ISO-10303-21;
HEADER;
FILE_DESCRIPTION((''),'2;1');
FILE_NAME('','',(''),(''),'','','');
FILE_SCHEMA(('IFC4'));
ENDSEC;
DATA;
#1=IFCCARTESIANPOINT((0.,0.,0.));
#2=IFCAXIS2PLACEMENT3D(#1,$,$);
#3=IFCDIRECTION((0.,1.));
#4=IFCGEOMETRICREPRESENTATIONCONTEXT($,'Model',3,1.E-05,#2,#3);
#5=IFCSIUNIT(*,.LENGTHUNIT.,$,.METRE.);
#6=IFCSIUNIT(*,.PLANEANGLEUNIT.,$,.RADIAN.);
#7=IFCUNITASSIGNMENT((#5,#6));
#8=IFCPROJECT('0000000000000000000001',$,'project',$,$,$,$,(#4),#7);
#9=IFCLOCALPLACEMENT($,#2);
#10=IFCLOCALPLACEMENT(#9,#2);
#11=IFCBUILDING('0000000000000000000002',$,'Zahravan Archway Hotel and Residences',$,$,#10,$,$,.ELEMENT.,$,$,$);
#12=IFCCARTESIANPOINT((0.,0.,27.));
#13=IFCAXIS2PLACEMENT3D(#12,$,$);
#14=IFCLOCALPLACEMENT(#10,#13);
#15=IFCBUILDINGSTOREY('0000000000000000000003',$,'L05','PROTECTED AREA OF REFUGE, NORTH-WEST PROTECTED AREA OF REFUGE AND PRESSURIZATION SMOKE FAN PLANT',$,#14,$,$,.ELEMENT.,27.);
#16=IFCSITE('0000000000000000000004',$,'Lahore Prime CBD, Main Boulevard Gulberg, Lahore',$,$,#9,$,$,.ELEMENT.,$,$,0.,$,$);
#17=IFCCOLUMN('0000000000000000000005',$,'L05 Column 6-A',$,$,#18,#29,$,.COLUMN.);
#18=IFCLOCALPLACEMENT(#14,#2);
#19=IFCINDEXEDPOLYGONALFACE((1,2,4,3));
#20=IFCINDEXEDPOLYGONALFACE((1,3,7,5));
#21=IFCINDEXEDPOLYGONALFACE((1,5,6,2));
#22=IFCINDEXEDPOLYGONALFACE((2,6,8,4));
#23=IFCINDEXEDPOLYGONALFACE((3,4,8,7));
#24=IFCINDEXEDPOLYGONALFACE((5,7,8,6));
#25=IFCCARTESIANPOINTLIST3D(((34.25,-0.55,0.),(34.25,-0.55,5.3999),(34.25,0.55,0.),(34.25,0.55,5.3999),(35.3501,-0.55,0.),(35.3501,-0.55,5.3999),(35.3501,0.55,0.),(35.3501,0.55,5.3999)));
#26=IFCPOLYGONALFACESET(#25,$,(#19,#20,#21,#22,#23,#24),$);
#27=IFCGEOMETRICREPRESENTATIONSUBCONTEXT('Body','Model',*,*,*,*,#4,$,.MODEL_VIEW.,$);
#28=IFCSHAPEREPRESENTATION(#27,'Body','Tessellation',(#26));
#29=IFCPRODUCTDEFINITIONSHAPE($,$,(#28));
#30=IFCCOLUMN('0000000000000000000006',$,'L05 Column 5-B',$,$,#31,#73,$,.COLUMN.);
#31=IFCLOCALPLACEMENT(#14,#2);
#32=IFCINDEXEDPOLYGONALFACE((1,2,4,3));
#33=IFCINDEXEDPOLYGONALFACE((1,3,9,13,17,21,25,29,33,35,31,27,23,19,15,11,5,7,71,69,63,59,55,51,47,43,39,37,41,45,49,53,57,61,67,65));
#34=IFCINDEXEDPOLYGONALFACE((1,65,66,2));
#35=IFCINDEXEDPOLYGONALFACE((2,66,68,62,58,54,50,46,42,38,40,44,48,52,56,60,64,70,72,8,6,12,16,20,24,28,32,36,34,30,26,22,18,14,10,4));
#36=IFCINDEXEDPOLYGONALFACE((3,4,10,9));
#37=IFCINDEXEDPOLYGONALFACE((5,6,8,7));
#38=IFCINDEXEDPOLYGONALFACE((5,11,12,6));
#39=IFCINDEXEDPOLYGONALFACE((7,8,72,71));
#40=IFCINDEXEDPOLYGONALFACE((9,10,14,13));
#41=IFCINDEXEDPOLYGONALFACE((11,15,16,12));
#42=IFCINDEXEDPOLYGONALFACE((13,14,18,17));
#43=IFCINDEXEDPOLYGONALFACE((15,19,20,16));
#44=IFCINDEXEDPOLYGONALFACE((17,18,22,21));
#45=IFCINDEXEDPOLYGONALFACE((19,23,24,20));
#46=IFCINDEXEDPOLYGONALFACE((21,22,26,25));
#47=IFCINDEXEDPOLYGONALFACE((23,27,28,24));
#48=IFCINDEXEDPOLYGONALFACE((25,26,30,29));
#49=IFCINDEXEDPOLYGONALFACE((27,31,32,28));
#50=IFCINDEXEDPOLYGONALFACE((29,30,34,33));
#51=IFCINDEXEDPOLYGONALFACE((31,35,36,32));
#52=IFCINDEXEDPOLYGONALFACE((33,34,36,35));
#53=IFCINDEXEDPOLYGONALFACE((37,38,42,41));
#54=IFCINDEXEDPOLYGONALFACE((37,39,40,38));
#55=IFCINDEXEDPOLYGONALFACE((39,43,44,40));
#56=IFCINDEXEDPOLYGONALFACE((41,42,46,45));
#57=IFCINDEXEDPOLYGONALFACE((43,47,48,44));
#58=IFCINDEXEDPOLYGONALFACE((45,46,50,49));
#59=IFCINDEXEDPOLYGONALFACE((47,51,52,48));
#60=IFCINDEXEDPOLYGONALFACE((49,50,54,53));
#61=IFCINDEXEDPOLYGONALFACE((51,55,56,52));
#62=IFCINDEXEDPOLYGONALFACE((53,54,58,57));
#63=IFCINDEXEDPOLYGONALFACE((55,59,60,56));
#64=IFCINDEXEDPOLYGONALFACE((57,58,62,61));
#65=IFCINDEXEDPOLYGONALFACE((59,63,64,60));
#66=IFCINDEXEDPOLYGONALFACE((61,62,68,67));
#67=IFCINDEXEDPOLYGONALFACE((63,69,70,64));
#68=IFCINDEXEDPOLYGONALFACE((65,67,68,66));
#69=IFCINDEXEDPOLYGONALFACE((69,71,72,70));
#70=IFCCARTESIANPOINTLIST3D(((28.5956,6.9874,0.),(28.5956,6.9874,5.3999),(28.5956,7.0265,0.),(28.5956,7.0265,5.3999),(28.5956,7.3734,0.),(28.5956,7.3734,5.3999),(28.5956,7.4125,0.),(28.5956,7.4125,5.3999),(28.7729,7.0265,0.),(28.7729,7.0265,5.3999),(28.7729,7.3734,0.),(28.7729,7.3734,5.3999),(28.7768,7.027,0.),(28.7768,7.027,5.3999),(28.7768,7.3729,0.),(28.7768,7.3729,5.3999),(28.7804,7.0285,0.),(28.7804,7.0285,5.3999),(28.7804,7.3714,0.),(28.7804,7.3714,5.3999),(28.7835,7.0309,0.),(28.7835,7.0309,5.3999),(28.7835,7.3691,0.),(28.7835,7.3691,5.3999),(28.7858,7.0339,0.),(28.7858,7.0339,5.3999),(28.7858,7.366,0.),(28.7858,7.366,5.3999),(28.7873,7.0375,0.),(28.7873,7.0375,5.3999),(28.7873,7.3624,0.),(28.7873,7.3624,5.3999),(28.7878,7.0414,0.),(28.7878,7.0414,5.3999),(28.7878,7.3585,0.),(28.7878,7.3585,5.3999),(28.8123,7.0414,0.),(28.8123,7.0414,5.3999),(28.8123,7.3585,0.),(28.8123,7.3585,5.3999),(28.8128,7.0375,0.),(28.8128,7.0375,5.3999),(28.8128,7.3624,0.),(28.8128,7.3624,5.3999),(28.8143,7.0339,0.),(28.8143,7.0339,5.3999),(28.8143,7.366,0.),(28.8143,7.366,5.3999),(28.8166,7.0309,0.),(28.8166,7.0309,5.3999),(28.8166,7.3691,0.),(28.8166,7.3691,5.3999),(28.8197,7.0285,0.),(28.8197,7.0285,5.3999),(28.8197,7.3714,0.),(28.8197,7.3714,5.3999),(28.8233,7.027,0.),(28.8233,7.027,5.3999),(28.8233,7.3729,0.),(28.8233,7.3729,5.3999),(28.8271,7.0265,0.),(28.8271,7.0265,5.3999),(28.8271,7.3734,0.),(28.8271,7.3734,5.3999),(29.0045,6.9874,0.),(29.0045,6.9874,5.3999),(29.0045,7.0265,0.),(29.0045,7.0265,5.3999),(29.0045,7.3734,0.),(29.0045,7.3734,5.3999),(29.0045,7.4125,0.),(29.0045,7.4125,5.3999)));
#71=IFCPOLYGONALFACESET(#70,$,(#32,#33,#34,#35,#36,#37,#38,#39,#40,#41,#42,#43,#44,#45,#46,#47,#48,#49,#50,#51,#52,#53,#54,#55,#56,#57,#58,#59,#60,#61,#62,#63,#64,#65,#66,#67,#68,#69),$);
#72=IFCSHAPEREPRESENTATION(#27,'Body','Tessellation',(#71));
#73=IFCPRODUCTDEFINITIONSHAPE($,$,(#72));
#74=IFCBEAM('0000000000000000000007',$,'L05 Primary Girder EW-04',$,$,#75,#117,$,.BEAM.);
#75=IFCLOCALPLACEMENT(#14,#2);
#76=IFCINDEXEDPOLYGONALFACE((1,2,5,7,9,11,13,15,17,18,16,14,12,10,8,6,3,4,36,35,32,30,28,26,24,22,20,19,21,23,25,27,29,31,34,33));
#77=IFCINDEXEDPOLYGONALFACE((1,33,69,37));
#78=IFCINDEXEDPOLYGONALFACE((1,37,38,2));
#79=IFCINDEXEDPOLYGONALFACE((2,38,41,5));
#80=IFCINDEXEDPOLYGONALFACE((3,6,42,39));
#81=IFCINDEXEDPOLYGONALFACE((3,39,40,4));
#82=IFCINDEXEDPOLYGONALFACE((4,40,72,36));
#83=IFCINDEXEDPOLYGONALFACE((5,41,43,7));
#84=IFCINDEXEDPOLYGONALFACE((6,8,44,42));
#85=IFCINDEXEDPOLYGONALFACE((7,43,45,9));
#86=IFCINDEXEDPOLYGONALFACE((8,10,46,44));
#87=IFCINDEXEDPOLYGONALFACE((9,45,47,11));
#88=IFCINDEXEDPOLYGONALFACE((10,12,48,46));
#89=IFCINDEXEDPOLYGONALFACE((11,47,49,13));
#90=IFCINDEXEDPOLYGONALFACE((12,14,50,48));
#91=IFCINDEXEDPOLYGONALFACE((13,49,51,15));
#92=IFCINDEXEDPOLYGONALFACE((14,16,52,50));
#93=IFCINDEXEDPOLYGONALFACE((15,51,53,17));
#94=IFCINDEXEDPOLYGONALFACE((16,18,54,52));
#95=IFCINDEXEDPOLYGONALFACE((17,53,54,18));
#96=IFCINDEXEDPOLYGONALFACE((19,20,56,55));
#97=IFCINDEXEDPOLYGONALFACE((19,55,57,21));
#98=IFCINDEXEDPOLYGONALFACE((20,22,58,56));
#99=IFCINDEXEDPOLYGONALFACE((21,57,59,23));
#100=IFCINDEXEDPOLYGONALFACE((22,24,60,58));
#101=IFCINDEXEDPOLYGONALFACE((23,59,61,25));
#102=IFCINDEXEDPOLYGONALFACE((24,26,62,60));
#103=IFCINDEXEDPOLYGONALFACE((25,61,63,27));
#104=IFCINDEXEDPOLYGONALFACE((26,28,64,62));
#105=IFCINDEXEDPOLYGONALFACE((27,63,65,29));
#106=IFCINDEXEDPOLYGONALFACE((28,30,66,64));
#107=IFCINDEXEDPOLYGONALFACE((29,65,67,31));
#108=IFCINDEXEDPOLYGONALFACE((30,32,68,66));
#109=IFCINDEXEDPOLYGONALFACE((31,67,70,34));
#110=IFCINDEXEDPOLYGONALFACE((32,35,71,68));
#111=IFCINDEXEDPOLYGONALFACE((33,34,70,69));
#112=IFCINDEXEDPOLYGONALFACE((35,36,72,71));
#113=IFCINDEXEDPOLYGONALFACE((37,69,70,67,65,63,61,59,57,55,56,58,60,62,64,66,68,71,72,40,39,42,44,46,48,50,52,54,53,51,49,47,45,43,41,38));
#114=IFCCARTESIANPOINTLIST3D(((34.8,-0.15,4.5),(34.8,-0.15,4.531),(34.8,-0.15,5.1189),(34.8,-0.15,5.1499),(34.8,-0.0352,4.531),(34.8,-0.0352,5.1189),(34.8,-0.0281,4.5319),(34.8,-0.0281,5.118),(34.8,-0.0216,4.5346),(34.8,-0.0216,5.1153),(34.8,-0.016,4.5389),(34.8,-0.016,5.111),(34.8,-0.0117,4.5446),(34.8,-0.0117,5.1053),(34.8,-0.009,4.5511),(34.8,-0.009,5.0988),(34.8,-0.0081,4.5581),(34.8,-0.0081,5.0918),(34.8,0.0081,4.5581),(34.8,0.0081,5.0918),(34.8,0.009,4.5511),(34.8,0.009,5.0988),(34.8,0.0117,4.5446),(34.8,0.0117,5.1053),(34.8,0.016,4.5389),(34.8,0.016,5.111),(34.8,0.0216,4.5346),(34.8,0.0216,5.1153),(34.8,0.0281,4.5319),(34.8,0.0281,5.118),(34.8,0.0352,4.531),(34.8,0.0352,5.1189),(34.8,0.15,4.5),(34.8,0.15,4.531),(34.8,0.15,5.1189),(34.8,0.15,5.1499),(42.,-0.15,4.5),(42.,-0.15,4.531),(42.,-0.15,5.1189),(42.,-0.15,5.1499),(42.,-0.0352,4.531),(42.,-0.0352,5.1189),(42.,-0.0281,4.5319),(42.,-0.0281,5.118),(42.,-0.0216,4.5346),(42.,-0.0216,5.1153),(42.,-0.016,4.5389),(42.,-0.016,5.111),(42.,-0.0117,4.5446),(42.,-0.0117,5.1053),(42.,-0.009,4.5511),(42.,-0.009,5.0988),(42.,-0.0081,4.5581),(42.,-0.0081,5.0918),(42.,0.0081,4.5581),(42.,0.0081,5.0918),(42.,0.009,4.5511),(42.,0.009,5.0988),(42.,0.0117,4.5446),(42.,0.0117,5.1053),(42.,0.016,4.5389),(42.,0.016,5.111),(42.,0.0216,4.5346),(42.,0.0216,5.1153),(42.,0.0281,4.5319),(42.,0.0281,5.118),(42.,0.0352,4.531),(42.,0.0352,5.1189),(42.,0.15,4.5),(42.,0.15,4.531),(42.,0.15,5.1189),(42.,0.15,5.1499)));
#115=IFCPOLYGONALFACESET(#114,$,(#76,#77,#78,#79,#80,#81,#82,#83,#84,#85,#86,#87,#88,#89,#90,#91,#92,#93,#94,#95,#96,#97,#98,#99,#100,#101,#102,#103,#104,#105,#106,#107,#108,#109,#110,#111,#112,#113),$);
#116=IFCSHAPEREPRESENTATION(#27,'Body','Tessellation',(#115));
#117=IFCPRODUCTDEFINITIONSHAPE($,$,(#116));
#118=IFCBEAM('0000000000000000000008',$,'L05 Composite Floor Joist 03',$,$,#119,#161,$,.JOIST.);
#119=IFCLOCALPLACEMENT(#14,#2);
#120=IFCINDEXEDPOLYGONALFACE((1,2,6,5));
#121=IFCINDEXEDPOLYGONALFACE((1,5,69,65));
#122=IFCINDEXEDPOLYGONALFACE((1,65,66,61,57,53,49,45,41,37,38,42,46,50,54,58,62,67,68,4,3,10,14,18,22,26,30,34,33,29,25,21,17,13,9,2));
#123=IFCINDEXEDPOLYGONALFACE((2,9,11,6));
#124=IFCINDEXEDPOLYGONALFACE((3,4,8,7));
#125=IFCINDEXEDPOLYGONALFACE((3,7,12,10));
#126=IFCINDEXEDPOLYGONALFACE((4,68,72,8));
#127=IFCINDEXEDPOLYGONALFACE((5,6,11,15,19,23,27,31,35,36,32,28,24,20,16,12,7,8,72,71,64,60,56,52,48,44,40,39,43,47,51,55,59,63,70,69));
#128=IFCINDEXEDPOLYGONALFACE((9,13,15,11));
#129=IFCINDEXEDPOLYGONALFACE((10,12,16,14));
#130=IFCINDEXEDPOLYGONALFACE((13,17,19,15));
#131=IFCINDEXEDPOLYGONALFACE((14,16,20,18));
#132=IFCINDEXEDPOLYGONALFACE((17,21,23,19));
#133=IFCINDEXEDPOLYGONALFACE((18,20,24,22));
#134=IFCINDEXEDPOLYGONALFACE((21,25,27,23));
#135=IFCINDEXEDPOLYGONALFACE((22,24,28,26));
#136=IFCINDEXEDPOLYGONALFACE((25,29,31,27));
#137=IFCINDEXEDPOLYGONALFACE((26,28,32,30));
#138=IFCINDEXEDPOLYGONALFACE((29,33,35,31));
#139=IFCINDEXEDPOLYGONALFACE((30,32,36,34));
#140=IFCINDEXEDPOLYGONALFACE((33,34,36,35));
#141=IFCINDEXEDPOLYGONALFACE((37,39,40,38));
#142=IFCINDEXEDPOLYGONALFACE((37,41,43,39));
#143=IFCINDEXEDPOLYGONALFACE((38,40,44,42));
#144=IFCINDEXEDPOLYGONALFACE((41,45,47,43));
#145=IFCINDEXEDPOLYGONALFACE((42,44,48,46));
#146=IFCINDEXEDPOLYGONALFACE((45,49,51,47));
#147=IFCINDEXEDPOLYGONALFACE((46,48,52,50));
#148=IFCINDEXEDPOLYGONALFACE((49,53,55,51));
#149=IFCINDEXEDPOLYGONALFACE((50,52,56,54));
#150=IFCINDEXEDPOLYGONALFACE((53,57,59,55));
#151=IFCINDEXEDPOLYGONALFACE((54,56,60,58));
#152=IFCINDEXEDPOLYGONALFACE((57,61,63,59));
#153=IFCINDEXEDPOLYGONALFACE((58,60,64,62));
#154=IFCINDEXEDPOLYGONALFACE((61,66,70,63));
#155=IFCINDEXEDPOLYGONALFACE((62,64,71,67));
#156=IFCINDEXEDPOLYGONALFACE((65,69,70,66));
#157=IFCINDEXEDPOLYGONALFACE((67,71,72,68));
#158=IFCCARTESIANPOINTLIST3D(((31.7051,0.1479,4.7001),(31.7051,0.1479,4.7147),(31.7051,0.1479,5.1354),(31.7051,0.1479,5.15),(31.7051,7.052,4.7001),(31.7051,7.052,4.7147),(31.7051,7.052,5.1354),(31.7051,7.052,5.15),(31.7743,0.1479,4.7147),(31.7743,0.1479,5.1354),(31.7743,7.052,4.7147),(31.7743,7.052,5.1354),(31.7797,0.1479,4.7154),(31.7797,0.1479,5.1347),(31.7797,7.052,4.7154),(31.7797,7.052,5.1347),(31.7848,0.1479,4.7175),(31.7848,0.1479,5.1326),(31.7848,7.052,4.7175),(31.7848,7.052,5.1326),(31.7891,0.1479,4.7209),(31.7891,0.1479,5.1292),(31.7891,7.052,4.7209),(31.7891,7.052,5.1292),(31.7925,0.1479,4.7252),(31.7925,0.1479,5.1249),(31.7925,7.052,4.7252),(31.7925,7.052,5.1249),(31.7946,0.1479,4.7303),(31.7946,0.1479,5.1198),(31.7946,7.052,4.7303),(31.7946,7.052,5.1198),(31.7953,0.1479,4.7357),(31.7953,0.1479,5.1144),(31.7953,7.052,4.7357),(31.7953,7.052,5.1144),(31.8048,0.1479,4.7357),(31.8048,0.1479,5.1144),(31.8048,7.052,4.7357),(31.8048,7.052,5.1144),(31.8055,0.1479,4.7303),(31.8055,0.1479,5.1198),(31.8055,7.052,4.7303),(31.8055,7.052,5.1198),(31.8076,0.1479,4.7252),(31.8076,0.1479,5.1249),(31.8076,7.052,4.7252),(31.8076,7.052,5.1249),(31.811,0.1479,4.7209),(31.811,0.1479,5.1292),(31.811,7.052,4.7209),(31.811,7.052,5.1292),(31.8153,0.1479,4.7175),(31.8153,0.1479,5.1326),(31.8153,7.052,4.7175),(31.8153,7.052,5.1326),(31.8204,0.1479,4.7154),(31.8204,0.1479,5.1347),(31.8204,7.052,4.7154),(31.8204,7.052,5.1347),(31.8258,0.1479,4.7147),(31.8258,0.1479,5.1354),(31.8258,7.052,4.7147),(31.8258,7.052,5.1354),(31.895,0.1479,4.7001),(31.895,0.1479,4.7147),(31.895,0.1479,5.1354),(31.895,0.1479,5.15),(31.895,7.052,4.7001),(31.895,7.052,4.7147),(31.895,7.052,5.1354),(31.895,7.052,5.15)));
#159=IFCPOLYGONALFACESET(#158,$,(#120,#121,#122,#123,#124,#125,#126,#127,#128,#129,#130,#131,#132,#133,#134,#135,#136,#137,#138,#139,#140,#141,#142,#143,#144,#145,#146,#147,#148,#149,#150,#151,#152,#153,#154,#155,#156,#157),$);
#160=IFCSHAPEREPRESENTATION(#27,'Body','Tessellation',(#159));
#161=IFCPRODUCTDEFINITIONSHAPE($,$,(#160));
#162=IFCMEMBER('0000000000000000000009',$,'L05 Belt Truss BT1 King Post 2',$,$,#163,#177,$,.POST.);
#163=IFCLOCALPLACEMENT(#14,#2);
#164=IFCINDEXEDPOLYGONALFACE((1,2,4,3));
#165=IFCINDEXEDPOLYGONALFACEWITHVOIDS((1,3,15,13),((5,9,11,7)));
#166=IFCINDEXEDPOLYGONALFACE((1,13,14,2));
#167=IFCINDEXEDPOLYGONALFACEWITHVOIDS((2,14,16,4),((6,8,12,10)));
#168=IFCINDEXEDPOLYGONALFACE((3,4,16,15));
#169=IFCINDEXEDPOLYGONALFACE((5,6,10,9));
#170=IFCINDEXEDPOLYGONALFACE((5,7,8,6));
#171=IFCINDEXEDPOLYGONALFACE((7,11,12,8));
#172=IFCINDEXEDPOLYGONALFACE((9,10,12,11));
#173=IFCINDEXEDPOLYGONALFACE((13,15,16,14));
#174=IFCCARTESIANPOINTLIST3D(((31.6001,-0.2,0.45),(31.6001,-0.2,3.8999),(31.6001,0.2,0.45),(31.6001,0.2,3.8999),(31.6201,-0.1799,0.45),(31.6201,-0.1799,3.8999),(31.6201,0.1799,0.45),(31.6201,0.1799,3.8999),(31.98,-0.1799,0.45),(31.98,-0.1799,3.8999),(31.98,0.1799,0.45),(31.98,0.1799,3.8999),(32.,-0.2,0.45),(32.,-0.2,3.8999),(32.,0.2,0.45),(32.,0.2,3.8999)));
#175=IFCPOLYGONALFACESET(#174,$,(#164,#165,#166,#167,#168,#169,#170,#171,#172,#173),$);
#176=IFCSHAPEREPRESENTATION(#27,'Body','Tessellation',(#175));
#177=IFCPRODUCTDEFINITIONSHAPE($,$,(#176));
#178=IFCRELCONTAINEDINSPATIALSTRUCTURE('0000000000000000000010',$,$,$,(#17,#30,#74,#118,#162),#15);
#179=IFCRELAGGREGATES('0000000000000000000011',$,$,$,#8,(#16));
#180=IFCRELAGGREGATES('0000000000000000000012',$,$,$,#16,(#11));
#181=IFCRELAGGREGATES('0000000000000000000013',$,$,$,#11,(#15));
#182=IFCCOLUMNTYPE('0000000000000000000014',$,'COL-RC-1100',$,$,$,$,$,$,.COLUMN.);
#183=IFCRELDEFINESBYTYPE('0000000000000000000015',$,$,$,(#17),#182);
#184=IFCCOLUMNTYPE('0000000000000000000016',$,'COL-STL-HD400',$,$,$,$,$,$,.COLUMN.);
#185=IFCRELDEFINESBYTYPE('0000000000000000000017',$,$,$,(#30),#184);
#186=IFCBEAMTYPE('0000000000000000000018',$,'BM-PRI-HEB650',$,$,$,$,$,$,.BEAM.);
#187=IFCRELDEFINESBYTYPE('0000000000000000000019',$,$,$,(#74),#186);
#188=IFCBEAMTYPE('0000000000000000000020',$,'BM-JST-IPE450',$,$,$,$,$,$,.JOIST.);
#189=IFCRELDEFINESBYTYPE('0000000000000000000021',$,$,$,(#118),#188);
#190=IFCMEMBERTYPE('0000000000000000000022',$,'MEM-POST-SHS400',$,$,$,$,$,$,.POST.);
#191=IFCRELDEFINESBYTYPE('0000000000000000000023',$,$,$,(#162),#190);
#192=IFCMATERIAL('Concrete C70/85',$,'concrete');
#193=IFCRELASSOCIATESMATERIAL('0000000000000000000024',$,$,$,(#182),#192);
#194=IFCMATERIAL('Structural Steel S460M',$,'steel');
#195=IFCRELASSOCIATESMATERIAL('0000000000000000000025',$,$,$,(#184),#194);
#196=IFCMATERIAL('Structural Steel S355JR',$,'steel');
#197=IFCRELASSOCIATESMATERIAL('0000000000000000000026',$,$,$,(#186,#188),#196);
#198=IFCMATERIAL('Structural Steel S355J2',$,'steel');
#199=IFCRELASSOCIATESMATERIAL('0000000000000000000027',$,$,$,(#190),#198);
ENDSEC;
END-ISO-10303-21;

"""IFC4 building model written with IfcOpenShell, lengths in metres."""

from ifc_helpers import new_model, si_unit, direction, frame, origin, origin_2d, place, context, subcontext, project, spatial, rectangle, hollow_rectangle, i_section, extrude, source, transform, mapped, material, material_profile, profile_set, type_object, type_shapes, element, save


model = new_model("IFC4")

# Units and contexts
model_context = context("Model", 3, precision=1e-05, world=origin(), true_north=direction((0.0, 1.0)))
body_context = subcontext(model_context, "Body", "Model", "MODEL_VIEW")
ifc_project = project(units=[si_unit("LENGTHUNIT", "METRE"), si_unit("PLANEANGLEUNIT", "RADIAN")], contexts=[model_context])

# Site, building, storey
site_placement = place(None, origin())
site = spatial("IfcSite", under=ifc_project, at=site_placement, Name="Lahore Prime CBD, Main Boulevard Gulberg, Lahore", CompositionType="ELEMENT", RefElevation=0.0)
building_placement = place(site_placement, origin())
building = spatial("IfcBuilding", under=site, at=building_placement, Name="Zahravan Archway Hotel and Residences", CompositionType="ELEMENT")
storey_placement = place(building_placement, frame((0.0, 0.0, 27.0)))
storey = spatial("IfcBuildingStorey", under=building, at=storey_placement, Name="L05", Description="PROTECTED AREA OF REFUGE, NORTH-WEST PROTECTED AREA OF REFUGE AND PRESSURIZATION SMOKE FAN PLANT", CompositionType="ELEMENT", Elevation=27.0)

# Columns
ifc_material_1 = material(Name="Concrete C70/85", Category="concrete")
ifc_material_profile_1 = material_profile(ifc_material_1, rectangle(XDim=1.1001, YDim=1.1001, at=origin_2d()), Name="RC 1100x1100", Category="concrete")
ifc_profile_set_1 = profile_set([ifc_material_profile_1], Name="Concrete C70/85")
column_type_1 = type_object("IfcColumnType", Name="COL-RC-1100", PredefinedType="COLUMN", material=ifc_profile_set_1)
shared_shape_1 = source(origin(), body_context, "Body", "SweptSolid", [
    extrude(rectangle(XDim=1.1001, YDim=1.1001, at=origin_2d()), origin(), (0.0, 0.0, 1.0), 5.3999),
])
column_1_placement = place(storey_placement, frame((34.8, 0.0, 0.0), z_axis=(0.0, 0.0, 1.0), x_axis=(1.0, 0.0, 0.0)))
element("IfcColumn", 1, at=column_1_placement, inside=storey, type_object=column_type_1, Name="L05 Column 6-A", PredefinedType="COLUMN", context=body_context, shape_type="MappedRepresentation", body=[
    mapped(shared_shape_1, transform((0.0, 0.0, 0.0), scale=1.0)),
])
ifc_material_2 = material(Name="Structural Steel S460M", Category="steel")
ifc_material_profile_2 = material_profile(ifc_material_2, i_section(OverallWidth=0.4089, OverallDepth=0.425, WebThickness=0.0244, FlangeThickness=0.0391, FilletRadius=0.0149, at=origin_2d()), Name="HD 400x421", Category="steel")
ifc_profile_set_2 = profile_set([ifc_material_profile_2], Name="Structural Steel S460M")
column_type_2 = type_object("IfcColumnType", Name="COL-STL-HD400", PredefinedType="COLUMN", material=ifc_profile_set_2)
shared_shape_2 = source(origin(), body_context, "Body", "SweptSolid", [
    extrude(i_section(OverallWidth=0.4089, OverallDepth=0.425, WebThickness=0.0244, FlangeThickness=0.0391, FilletRadius=0.0149, at=origin_2d()), origin(), (0.0, 0.0, 1.0), 5.3999),
])
type_shapes(column_type_2, [shared_shape_2])
column_2_placement = place(storey_placement, frame((28.8, 7.2, 0.0), z_axis=(0.0, 0.0, 1.0), x_axis=(1.0, 0.0, 0.0)))
element("IfcColumn", 2, at=column_2_placement, inside=storey, type_object=column_type_2, Name="L05 Column 5-B", PredefinedType="COLUMN", context=body_context, shape_type="MappedRepresentation", body=[
    mapped(shared_shape_2, transform((0.0, 0.0, 0.0), scale=1.0)),
])

# Beams
ifc_material_3 = material(Name="Structural Steel S355JR", Category="steel")
ifc_material_profile_3 = material_profile(ifc_material_3, i_section(OverallWidth=0.3, OverallDepth=0.6499, WebThickness=0.0161, FlangeThickness=0.031, FilletRadius=0.0271, at=origin_2d()), Name="HEB 650", Category="steel")
ifc_profile_set_3 = profile_set([ifc_material_profile_3], Name="Structural Steel S355JR")
beam_type_1 = type_object("IfcBeamType", Name="BM-PRI-HEB650", PredefinedType="BEAM", material=ifc_profile_set_3)
shared_shape_3 = source(origin(), body_context, "Body", "SweptSolid", [
    extrude(i_section(OverallWidth=0.3, OverallDepth=0.6499, WebThickness=0.0161, FlangeThickness=0.031, FilletRadius=0.0271, at=origin_2d()), origin(), (0.0, 0.0, 1.0), 7.2),
])
beam_1_placement = place(storey_placement, frame((34.8, 0.0, 4.825), z_axis=(1.0, 0.0, 0.0), x_axis=(0.0, 1.0, 0.0)))
element("IfcBeam", 3, at=beam_1_placement, inside=storey, type_object=beam_type_1, Name="L05 Primary Girder EW-04", PredefinedType="BEAM", context=body_context, shape_type="MappedRepresentation", body=[
    mapped(shared_shape_3, transform((0.0, 0.0, 0.0), scale=1.0)),
])
ifc_material_profile_4 = material_profile(ifc_material_3, i_section(OverallWidth=0.1899, OverallDepth=0.45, WebThickness=0.0095, FlangeThickness=0.0146, FilletRadius=0.021, at=origin_2d()), Name="IPE 450", Category="steel")
ifc_profile_set_4 = profile_set([ifc_material_profile_4], Name="Structural Steel S355JR")
beam_type_2 = type_object("IfcBeamType", Name="BM-JST-IPE450", PredefinedType="JOIST", material=ifc_profile_set_4)
shared_shape_4 = source(origin(), body_context, "Body", "SweptSolid", [
    extrude(i_section(OverallWidth=0.1899, OverallDepth=0.45, WebThickness=0.0095, FlangeThickness=0.0146, FilletRadius=0.021, at=origin_2d()), origin(), (0.0, 0.0, 1.0), 6.9041),
])
type_shapes(beam_type_2, [shared_shape_4])
beam_2_placement = place(storey_placement, frame((31.8, 0.1479, 4.925), z_axis=(0.0, 1.0, 0.0), x_axis=(-1.0, 0.0, 0.0)))
element("IfcBeam", 4, at=beam_2_placement, inside=storey, type_object=beam_type_2, Name="L05 Composite Floor Joist 03", PredefinedType="JOIST", context=body_context, shape_type="MappedRepresentation", body=[
    mapped(shared_shape_4, transform((0.0, 0.0, 0.0), scale=1.0)),
])

# Member
ifc_material_4 = material(Name="Structural Steel S355J2", Category="steel")
ifc_material_profile_5 = material_profile(ifc_material_4, hollow_rectangle(XDim=0.3999, YDim=0.3999, WallThickness=0.02, at=origin_2d()), Name="SHS 400x400x20", Category="steel")
ifc_profile_set_5 = profile_set([ifc_material_profile_5], Name="Structural Steel S355J2")
member_type_1 = type_object("IfcMemberType", Name="MEM-POST-SHS400", PredefinedType="POST", material=ifc_profile_set_5)
shared_shape_5 = source(origin(), body_context, "Body", "SweptSolid", [
    extrude(hollow_rectangle(XDim=0.3999, YDim=0.3999, WallThickness=0.02, at=origin_2d()), origin(), (0.0, 0.0, 1.0), 3.45),
])
type_shapes(member_type_1, [shared_shape_5])
member_1_placement = place(storey_placement, frame((31.8, 0.0, 0.45), z_axis=(0.0, 0.0, 1.0), x_axis=(1.0, 0.0, 0.0)))
element("IfcMember", 5, at=member_1_placement, inside=storey, type_object=member_type_1, Name="L05 Belt Truss BT1 King Post 2", PredefinedType="POST", context=body_context, shape_type="MappedRepresentation", body=[
    mapped(shared_shape_5, transform((0.0, 0.0, 0.0), scale=1.0)),
])

save(model, "model.ifc")
